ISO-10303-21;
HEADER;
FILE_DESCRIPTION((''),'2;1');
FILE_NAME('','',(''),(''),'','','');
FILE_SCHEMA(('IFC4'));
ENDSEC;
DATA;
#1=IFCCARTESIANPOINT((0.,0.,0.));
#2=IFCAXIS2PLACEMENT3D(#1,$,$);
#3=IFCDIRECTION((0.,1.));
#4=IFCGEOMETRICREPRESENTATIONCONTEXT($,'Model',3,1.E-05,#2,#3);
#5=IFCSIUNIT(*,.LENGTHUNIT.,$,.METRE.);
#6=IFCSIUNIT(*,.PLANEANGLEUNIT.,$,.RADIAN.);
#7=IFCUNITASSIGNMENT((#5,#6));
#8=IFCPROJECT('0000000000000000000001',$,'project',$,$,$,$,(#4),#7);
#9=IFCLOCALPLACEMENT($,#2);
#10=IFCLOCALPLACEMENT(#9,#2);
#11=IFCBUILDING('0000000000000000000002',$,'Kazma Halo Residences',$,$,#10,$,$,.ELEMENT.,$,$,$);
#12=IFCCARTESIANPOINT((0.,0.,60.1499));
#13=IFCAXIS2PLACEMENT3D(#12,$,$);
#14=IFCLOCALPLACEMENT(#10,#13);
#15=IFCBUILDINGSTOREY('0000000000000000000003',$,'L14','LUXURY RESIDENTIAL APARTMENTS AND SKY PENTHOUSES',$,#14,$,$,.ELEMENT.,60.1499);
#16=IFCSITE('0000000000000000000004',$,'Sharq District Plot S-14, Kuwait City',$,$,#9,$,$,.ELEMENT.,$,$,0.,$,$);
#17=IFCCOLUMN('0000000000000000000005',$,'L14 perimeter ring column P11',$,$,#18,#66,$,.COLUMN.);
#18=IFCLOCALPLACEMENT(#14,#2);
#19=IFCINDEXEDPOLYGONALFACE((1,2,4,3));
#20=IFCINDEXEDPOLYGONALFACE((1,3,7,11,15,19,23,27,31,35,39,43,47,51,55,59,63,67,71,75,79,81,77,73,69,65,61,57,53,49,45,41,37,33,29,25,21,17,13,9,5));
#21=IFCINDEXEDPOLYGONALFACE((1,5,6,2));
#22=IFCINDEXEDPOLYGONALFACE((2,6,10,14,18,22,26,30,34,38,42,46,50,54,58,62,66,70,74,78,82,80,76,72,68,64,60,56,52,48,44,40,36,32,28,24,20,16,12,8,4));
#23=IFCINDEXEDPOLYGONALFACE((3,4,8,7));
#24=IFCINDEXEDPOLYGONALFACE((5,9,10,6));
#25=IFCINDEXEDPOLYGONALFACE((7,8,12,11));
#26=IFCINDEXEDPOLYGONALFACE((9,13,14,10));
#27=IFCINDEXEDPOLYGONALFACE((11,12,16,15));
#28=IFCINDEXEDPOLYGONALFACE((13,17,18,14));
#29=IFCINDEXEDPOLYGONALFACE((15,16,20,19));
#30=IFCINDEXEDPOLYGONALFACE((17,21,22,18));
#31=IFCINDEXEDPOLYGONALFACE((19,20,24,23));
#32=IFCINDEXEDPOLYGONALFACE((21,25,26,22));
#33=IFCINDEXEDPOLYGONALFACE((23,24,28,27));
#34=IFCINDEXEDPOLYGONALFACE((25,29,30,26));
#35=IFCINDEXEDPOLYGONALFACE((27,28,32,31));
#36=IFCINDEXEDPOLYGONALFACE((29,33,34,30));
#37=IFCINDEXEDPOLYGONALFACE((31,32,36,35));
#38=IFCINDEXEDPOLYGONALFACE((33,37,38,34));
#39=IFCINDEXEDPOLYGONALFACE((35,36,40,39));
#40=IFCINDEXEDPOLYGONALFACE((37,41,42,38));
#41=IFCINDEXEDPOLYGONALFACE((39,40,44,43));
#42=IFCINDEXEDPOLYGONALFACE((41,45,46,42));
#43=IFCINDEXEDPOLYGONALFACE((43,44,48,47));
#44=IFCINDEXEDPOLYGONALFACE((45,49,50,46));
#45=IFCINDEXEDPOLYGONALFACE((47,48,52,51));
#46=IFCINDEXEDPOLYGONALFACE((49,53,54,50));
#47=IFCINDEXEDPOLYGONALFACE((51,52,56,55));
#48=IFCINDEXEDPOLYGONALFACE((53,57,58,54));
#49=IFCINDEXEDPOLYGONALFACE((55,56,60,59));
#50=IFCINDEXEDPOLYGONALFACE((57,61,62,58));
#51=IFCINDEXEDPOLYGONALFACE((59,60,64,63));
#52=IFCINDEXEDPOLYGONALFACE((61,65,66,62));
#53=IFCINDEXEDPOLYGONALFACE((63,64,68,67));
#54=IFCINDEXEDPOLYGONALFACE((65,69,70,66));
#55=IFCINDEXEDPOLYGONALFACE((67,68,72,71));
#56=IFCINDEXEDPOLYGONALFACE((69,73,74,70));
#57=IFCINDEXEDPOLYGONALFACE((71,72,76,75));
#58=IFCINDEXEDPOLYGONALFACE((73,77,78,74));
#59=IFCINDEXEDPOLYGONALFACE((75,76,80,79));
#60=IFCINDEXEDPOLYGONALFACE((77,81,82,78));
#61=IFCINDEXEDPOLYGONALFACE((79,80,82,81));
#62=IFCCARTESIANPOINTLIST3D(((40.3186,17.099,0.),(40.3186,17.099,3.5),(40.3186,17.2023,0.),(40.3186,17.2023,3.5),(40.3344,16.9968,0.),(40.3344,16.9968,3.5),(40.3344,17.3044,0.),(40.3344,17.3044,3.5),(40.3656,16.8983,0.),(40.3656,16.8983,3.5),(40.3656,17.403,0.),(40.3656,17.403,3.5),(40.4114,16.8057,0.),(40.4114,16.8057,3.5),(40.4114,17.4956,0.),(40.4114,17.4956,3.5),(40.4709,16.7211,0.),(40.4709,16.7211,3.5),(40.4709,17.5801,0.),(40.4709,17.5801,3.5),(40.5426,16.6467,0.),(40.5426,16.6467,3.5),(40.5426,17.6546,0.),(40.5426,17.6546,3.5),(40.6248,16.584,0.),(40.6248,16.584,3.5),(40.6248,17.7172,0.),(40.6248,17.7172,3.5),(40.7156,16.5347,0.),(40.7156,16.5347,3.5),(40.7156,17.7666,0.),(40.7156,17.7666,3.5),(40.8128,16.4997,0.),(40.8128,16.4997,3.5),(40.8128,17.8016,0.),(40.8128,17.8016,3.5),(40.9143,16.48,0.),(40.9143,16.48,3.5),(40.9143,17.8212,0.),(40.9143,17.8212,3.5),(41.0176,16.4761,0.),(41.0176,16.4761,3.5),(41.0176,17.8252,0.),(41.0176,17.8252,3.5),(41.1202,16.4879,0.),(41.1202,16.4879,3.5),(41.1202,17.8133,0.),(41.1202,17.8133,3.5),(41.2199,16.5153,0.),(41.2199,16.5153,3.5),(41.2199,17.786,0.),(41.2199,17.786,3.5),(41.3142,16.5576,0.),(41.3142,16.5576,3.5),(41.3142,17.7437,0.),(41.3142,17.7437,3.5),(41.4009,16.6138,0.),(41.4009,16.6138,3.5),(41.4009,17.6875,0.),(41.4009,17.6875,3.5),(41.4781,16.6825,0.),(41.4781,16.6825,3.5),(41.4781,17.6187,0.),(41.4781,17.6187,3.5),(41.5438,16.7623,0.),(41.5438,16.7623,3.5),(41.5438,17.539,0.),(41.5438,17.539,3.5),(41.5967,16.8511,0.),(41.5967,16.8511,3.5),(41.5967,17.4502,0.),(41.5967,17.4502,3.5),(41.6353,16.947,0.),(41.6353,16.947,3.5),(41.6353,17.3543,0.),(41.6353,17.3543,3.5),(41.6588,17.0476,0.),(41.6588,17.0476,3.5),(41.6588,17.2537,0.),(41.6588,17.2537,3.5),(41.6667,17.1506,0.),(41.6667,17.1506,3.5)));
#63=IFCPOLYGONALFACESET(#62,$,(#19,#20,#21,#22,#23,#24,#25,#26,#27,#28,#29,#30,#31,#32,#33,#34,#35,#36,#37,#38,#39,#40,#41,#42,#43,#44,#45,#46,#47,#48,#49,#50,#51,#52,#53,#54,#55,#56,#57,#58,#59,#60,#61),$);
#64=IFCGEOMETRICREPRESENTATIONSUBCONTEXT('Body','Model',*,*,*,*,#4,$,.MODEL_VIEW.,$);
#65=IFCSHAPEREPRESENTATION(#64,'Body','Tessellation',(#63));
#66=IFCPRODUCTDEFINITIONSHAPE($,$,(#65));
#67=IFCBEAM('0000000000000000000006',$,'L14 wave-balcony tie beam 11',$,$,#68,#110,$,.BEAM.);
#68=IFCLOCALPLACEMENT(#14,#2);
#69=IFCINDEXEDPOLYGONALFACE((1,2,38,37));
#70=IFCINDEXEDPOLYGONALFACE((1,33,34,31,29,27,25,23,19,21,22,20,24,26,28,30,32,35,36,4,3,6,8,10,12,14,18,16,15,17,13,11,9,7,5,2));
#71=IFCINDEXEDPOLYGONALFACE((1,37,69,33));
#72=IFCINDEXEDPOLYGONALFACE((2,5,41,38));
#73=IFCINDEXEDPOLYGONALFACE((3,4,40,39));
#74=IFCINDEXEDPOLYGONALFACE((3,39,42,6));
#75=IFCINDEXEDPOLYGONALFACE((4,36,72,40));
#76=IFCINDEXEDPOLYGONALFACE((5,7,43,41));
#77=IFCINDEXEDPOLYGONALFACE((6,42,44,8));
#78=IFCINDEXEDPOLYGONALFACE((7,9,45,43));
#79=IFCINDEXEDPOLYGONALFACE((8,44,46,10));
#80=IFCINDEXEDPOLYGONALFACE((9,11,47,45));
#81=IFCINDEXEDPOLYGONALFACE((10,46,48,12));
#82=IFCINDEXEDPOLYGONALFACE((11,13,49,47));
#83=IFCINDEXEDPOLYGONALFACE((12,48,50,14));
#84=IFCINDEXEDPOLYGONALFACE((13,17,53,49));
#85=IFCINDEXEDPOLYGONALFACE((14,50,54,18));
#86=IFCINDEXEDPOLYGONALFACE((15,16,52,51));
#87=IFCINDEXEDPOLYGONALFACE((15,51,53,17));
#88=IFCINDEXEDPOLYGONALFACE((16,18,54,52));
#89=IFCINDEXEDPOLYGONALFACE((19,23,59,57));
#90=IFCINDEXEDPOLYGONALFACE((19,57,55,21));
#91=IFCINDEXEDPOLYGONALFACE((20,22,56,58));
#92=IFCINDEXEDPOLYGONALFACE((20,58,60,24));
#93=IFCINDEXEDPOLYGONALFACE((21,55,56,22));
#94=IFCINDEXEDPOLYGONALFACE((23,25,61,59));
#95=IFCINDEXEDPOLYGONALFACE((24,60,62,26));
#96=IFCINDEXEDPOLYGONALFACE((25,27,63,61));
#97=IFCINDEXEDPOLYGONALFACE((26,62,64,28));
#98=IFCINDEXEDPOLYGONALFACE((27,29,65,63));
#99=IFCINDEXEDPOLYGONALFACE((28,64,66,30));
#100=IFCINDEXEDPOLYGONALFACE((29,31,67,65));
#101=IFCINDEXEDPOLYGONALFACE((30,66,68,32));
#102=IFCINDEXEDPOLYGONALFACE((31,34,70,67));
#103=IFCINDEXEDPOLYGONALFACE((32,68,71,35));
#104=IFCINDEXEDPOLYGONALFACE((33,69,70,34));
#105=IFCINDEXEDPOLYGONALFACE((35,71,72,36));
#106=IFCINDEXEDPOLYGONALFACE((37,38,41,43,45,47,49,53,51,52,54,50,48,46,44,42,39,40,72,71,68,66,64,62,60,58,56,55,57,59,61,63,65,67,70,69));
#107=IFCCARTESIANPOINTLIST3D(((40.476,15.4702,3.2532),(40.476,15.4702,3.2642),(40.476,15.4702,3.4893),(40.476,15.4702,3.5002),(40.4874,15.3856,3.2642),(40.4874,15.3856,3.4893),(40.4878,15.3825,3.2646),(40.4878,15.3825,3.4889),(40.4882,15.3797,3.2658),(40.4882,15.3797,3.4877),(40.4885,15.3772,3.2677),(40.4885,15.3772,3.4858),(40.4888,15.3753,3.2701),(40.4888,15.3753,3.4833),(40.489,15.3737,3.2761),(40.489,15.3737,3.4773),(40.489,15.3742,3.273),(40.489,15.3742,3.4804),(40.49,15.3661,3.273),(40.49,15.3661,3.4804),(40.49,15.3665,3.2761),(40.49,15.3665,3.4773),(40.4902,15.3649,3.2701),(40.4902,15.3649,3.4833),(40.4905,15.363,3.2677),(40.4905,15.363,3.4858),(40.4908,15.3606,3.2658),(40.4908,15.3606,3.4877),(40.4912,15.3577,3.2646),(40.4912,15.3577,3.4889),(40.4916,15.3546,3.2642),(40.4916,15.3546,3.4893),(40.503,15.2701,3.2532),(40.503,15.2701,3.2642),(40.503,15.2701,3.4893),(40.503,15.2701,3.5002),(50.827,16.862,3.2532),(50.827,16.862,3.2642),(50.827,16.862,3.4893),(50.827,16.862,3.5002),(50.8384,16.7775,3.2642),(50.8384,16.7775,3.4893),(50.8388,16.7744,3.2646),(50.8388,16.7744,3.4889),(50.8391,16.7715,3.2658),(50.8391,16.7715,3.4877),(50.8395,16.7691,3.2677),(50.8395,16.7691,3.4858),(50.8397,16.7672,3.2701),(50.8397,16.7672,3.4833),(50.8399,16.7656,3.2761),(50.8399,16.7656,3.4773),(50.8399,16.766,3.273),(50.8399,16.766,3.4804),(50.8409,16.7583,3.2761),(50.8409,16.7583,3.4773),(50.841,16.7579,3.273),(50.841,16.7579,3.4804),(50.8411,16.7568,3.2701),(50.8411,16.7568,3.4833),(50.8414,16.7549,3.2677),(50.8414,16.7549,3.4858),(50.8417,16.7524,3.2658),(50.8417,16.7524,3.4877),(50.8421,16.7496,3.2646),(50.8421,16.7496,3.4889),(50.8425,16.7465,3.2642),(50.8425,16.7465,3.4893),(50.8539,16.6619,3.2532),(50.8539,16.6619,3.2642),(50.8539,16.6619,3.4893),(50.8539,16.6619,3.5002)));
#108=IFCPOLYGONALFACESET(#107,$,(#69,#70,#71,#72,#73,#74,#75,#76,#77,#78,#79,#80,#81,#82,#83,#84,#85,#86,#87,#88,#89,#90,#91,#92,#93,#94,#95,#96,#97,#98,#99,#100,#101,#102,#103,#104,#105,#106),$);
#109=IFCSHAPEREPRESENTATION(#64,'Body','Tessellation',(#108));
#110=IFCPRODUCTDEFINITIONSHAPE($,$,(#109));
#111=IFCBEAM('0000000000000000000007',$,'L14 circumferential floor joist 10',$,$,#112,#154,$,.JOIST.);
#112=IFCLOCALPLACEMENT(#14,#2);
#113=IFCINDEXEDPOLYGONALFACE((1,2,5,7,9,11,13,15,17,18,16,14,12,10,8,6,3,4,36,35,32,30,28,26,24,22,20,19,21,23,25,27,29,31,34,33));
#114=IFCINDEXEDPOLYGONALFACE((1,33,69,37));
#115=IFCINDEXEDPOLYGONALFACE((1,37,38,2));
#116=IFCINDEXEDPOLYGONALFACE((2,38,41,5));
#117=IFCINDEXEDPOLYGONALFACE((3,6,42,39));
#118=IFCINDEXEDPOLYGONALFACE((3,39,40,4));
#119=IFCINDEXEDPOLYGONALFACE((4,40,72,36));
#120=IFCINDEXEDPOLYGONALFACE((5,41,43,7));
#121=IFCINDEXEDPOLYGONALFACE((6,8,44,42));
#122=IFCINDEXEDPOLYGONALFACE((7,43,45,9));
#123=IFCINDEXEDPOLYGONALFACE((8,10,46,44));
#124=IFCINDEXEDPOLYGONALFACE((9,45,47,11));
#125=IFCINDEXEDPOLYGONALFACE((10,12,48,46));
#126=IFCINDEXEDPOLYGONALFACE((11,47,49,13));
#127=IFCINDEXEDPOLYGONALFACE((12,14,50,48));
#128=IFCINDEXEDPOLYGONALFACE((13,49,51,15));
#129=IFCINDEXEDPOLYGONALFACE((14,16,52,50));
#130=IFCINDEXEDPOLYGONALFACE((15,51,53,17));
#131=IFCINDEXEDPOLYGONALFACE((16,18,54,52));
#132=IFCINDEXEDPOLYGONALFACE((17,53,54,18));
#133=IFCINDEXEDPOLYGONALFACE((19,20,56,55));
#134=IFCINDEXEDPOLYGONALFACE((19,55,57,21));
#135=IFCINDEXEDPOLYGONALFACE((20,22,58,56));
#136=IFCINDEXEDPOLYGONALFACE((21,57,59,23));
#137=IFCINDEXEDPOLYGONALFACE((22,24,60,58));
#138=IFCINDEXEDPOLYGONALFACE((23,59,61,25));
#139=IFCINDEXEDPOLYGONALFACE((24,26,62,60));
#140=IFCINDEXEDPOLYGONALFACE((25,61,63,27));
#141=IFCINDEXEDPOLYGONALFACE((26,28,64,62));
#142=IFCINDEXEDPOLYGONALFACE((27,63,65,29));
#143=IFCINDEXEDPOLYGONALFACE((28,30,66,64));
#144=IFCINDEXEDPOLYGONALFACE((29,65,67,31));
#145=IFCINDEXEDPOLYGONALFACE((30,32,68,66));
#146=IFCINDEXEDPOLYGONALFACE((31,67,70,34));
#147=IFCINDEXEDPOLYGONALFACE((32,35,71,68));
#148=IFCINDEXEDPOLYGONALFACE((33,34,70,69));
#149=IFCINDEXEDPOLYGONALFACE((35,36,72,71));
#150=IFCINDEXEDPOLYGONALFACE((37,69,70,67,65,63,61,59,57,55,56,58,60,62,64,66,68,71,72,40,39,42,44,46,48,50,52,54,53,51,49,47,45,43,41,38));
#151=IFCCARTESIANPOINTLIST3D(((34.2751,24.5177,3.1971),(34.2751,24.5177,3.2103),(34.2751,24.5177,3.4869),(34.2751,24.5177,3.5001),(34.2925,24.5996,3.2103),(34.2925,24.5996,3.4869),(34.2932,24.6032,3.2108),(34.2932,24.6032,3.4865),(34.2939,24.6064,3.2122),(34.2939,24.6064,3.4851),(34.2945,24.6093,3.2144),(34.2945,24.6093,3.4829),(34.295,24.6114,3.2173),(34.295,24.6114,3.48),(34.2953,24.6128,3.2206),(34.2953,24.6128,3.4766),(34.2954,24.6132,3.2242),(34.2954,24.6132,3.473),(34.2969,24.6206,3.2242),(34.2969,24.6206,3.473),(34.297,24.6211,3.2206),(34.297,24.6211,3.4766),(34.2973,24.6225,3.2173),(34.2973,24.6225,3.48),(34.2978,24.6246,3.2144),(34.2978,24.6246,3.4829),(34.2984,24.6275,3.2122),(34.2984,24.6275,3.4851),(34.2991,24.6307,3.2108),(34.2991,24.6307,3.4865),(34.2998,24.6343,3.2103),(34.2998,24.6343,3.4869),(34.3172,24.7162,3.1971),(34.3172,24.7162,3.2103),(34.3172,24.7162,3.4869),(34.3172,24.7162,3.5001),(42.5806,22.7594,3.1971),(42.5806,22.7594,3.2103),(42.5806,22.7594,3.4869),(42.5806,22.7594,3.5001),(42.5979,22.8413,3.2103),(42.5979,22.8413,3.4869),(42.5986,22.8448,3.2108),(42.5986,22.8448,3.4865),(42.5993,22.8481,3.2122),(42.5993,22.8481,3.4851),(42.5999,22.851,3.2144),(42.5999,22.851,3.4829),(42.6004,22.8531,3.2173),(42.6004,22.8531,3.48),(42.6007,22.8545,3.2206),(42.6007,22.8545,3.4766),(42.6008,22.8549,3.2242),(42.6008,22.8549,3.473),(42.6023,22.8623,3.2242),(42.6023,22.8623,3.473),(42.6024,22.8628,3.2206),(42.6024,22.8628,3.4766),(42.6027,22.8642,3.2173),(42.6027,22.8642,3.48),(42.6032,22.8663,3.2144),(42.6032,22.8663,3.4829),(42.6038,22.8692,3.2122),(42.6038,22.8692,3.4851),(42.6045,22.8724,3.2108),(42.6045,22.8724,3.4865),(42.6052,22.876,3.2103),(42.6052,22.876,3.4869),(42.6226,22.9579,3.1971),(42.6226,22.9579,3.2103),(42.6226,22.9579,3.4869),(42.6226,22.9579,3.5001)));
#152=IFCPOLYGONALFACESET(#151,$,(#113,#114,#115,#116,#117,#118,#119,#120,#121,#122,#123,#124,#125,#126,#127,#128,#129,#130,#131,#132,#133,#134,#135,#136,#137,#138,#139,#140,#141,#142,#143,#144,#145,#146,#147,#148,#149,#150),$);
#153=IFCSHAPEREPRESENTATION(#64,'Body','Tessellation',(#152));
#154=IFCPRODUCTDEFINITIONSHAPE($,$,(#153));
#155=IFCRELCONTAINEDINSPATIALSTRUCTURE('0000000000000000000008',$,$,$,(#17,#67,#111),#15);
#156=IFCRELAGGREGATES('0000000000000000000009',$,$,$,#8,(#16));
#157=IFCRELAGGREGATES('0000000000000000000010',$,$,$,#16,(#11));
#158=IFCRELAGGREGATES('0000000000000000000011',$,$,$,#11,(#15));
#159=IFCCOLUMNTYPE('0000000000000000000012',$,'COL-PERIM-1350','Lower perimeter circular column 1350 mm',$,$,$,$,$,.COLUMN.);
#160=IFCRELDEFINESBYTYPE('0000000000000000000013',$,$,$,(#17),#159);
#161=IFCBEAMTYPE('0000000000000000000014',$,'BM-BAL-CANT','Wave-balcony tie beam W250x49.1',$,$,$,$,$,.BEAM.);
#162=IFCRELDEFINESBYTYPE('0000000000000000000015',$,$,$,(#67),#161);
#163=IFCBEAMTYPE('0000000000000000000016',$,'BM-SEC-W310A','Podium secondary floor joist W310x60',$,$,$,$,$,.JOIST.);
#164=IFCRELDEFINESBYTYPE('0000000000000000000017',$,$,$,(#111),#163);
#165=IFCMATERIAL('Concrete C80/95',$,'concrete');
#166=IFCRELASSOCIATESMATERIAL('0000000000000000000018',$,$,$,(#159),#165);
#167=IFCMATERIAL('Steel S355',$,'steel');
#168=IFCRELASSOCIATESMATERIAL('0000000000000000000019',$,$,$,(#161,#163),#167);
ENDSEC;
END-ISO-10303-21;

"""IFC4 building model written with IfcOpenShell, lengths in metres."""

from ifc_helpers import new_model, si_unit, direction, frame, origin, origin_2d, place, context, subcontext, project, spatial, circle, i_section, extrude, material, material_profile, profile_set, type_object, element, save


model = new_model("IFC4")

# Units and contexts
model_context = context("Model", 3, precision=1e-05, world=origin(), true_north=direction((0.0, 1.0)))
body_context = subcontext(model_context, "Body", "Model", "MODEL_VIEW")
ifc_project = project(units=[si_unit("LENGTHUNIT", "METRE"), si_unit("PLANEANGLEUNIT", "RADIAN")], contexts=[model_context])

# Site, building, storey
site_placement = place(None, origin())
site = spatial("IfcSite", under=ifc_project, at=site_placement, Name="Sharq District Plot S-14, Kuwait City", CompositionType="ELEMENT", RefElevation=0.0)
building_placement = place(site_placement, origin())
building = spatial("IfcBuilding", under=site, at=building_placement, Name="Kazma Halo Residences", CompositionType="ELEMENT")
storey_placement = place(building_placement, frame((0.0, 0.0, 60.1499)))
storey = spatial("IfcBuildingStorey", under=building, at=storey_placement, Name="L14", Description="LUXURY RESIDENTIAL APARTMENTS AND SKY PENTHOUSES", CompositionType="ELEMENT", Elevation=60.1499)

# Column
ifc_material_1 = material(Name="Concrete C80/95", Category="concrete")
ifc_material_profile_1 = material_profile(ifc_material_1, circle(Radius=0.675, at=origin_2d()), Name="CIRC1350")
ifc_profile_set_1 = profile_set([ifc_material_profile_1], Name="Concrete C80/95")
column_type = type_object("IfcColumnType", Name="COL-PERIM-1350", Description="Lower perimeter circular column 1350 mm", PredefinedType="COLUMN", material=ifc_profile_set_1)
column_placement = place(storey_placement, frame((40.9917, 17.1506, 0.0), z_axis=(0.0, 0.0, 1.0), x_axis=(1.0, 0.0, 0.0)))
element("IfcColumn", 1, at=column_placement, inside=storey, type_object=column_type, Name="L14 perimeter ring column P11", PredefinedType="COLUMN", context=body_context, shape_type="SweptSolid", body=[
    extrude(circle(Radius=0.675, at=origin_2d()), origin(), (0.0, 0.0, 1.0), 3.5),
])

# Beams
ifc_material_2 = material(Name="Steel S355", Category="steel")
ifc_material_profile_2 = material_profile(ifc_material_2, i_section(OverallWidth=0.2019, OverallDepth=0.2471, WebThickness=0.0073, FlangeThickness=0.011, FilletRadius=0.012, at=origin_2d()), Name="W250x49.1")
ifc_profile_set_2 = profile_set([ifc_material_profile_2], Name="Steel S355")
beam_type_1 = type_object("IfcBeamType", Name="BM-BAL-CANT", Description="Wave-balcony tie beam W250x49.1", PredefinedType="BEAM", material=ifc_profile_set_2)
beam_1_placement = place(storey_placement, frame((40.4895, 15.3701, 3.3767), z_axis=(0.99108, 0.133268, 0.0), x_axis=(-0.133268, 0.99108, 0.0)))
element("IfcBeam", 2, at=beam_1_placement, inside=storey, type_object=beam_type_1, Name="L14 wave-balcony tie beam 11", PredefinedType="BEAM", context=body_context, shape_type="SweptSolid", body=[
    extrude(i_section(OverallWidth=0.2019, OverallDepth=0.2471, WebThickness=0.0073, FlangeThickness=0.011, FilletRadius=0.012, at=origin_2d()), origin(), (0.0, 0.0, 1.0), 10.4441),
])
ifc_material_profile_3 = material_profile(ifc_material_2, i_section(OverallWidth=0.2029, OverallDepth=0.303, WebThickness=0.0076, FlangeThickness=0.0132, FilletRadius=0.0139, at=origin_2d()), Name="W310x60")
ifc_profile_set_3 = profile_set([ifc_material_profile_3], Name="Steel S355")
beam_type_2 = type_object("IfcBeamType", Name="BM-SEC-W310A", Description="Podium secondary floor joist W310x60", PredefinedType="JOIST", material=ifc_profile_set_3)
beam_2_placement = place(storey_placement, frame((34.2961, 24.6169, 3.3486), z_axis=(0.978317, -0.207115, 0.0), x_axis=(0.207115, 0.978317, 0.0)))
element("IfcBeam", 3, at=beam_2_placement, inside=storey, type_object=beam_type_2, Name="L14 circumferential floor joist 10", PredefinedType="JOIST", context=body_context, shape_type="SweptSolid", body=[
    extrude(i_section(OverallWidth=0.2029, OverallDepth=0.303, WebThickness=0.0076, FlangeThickness=0.0132, FilletRadius=0.0139, at=origin_2d()), origin(), (0.0, 0.0, 1.0), 8.4895),
])

save(model, "model.ifc")
